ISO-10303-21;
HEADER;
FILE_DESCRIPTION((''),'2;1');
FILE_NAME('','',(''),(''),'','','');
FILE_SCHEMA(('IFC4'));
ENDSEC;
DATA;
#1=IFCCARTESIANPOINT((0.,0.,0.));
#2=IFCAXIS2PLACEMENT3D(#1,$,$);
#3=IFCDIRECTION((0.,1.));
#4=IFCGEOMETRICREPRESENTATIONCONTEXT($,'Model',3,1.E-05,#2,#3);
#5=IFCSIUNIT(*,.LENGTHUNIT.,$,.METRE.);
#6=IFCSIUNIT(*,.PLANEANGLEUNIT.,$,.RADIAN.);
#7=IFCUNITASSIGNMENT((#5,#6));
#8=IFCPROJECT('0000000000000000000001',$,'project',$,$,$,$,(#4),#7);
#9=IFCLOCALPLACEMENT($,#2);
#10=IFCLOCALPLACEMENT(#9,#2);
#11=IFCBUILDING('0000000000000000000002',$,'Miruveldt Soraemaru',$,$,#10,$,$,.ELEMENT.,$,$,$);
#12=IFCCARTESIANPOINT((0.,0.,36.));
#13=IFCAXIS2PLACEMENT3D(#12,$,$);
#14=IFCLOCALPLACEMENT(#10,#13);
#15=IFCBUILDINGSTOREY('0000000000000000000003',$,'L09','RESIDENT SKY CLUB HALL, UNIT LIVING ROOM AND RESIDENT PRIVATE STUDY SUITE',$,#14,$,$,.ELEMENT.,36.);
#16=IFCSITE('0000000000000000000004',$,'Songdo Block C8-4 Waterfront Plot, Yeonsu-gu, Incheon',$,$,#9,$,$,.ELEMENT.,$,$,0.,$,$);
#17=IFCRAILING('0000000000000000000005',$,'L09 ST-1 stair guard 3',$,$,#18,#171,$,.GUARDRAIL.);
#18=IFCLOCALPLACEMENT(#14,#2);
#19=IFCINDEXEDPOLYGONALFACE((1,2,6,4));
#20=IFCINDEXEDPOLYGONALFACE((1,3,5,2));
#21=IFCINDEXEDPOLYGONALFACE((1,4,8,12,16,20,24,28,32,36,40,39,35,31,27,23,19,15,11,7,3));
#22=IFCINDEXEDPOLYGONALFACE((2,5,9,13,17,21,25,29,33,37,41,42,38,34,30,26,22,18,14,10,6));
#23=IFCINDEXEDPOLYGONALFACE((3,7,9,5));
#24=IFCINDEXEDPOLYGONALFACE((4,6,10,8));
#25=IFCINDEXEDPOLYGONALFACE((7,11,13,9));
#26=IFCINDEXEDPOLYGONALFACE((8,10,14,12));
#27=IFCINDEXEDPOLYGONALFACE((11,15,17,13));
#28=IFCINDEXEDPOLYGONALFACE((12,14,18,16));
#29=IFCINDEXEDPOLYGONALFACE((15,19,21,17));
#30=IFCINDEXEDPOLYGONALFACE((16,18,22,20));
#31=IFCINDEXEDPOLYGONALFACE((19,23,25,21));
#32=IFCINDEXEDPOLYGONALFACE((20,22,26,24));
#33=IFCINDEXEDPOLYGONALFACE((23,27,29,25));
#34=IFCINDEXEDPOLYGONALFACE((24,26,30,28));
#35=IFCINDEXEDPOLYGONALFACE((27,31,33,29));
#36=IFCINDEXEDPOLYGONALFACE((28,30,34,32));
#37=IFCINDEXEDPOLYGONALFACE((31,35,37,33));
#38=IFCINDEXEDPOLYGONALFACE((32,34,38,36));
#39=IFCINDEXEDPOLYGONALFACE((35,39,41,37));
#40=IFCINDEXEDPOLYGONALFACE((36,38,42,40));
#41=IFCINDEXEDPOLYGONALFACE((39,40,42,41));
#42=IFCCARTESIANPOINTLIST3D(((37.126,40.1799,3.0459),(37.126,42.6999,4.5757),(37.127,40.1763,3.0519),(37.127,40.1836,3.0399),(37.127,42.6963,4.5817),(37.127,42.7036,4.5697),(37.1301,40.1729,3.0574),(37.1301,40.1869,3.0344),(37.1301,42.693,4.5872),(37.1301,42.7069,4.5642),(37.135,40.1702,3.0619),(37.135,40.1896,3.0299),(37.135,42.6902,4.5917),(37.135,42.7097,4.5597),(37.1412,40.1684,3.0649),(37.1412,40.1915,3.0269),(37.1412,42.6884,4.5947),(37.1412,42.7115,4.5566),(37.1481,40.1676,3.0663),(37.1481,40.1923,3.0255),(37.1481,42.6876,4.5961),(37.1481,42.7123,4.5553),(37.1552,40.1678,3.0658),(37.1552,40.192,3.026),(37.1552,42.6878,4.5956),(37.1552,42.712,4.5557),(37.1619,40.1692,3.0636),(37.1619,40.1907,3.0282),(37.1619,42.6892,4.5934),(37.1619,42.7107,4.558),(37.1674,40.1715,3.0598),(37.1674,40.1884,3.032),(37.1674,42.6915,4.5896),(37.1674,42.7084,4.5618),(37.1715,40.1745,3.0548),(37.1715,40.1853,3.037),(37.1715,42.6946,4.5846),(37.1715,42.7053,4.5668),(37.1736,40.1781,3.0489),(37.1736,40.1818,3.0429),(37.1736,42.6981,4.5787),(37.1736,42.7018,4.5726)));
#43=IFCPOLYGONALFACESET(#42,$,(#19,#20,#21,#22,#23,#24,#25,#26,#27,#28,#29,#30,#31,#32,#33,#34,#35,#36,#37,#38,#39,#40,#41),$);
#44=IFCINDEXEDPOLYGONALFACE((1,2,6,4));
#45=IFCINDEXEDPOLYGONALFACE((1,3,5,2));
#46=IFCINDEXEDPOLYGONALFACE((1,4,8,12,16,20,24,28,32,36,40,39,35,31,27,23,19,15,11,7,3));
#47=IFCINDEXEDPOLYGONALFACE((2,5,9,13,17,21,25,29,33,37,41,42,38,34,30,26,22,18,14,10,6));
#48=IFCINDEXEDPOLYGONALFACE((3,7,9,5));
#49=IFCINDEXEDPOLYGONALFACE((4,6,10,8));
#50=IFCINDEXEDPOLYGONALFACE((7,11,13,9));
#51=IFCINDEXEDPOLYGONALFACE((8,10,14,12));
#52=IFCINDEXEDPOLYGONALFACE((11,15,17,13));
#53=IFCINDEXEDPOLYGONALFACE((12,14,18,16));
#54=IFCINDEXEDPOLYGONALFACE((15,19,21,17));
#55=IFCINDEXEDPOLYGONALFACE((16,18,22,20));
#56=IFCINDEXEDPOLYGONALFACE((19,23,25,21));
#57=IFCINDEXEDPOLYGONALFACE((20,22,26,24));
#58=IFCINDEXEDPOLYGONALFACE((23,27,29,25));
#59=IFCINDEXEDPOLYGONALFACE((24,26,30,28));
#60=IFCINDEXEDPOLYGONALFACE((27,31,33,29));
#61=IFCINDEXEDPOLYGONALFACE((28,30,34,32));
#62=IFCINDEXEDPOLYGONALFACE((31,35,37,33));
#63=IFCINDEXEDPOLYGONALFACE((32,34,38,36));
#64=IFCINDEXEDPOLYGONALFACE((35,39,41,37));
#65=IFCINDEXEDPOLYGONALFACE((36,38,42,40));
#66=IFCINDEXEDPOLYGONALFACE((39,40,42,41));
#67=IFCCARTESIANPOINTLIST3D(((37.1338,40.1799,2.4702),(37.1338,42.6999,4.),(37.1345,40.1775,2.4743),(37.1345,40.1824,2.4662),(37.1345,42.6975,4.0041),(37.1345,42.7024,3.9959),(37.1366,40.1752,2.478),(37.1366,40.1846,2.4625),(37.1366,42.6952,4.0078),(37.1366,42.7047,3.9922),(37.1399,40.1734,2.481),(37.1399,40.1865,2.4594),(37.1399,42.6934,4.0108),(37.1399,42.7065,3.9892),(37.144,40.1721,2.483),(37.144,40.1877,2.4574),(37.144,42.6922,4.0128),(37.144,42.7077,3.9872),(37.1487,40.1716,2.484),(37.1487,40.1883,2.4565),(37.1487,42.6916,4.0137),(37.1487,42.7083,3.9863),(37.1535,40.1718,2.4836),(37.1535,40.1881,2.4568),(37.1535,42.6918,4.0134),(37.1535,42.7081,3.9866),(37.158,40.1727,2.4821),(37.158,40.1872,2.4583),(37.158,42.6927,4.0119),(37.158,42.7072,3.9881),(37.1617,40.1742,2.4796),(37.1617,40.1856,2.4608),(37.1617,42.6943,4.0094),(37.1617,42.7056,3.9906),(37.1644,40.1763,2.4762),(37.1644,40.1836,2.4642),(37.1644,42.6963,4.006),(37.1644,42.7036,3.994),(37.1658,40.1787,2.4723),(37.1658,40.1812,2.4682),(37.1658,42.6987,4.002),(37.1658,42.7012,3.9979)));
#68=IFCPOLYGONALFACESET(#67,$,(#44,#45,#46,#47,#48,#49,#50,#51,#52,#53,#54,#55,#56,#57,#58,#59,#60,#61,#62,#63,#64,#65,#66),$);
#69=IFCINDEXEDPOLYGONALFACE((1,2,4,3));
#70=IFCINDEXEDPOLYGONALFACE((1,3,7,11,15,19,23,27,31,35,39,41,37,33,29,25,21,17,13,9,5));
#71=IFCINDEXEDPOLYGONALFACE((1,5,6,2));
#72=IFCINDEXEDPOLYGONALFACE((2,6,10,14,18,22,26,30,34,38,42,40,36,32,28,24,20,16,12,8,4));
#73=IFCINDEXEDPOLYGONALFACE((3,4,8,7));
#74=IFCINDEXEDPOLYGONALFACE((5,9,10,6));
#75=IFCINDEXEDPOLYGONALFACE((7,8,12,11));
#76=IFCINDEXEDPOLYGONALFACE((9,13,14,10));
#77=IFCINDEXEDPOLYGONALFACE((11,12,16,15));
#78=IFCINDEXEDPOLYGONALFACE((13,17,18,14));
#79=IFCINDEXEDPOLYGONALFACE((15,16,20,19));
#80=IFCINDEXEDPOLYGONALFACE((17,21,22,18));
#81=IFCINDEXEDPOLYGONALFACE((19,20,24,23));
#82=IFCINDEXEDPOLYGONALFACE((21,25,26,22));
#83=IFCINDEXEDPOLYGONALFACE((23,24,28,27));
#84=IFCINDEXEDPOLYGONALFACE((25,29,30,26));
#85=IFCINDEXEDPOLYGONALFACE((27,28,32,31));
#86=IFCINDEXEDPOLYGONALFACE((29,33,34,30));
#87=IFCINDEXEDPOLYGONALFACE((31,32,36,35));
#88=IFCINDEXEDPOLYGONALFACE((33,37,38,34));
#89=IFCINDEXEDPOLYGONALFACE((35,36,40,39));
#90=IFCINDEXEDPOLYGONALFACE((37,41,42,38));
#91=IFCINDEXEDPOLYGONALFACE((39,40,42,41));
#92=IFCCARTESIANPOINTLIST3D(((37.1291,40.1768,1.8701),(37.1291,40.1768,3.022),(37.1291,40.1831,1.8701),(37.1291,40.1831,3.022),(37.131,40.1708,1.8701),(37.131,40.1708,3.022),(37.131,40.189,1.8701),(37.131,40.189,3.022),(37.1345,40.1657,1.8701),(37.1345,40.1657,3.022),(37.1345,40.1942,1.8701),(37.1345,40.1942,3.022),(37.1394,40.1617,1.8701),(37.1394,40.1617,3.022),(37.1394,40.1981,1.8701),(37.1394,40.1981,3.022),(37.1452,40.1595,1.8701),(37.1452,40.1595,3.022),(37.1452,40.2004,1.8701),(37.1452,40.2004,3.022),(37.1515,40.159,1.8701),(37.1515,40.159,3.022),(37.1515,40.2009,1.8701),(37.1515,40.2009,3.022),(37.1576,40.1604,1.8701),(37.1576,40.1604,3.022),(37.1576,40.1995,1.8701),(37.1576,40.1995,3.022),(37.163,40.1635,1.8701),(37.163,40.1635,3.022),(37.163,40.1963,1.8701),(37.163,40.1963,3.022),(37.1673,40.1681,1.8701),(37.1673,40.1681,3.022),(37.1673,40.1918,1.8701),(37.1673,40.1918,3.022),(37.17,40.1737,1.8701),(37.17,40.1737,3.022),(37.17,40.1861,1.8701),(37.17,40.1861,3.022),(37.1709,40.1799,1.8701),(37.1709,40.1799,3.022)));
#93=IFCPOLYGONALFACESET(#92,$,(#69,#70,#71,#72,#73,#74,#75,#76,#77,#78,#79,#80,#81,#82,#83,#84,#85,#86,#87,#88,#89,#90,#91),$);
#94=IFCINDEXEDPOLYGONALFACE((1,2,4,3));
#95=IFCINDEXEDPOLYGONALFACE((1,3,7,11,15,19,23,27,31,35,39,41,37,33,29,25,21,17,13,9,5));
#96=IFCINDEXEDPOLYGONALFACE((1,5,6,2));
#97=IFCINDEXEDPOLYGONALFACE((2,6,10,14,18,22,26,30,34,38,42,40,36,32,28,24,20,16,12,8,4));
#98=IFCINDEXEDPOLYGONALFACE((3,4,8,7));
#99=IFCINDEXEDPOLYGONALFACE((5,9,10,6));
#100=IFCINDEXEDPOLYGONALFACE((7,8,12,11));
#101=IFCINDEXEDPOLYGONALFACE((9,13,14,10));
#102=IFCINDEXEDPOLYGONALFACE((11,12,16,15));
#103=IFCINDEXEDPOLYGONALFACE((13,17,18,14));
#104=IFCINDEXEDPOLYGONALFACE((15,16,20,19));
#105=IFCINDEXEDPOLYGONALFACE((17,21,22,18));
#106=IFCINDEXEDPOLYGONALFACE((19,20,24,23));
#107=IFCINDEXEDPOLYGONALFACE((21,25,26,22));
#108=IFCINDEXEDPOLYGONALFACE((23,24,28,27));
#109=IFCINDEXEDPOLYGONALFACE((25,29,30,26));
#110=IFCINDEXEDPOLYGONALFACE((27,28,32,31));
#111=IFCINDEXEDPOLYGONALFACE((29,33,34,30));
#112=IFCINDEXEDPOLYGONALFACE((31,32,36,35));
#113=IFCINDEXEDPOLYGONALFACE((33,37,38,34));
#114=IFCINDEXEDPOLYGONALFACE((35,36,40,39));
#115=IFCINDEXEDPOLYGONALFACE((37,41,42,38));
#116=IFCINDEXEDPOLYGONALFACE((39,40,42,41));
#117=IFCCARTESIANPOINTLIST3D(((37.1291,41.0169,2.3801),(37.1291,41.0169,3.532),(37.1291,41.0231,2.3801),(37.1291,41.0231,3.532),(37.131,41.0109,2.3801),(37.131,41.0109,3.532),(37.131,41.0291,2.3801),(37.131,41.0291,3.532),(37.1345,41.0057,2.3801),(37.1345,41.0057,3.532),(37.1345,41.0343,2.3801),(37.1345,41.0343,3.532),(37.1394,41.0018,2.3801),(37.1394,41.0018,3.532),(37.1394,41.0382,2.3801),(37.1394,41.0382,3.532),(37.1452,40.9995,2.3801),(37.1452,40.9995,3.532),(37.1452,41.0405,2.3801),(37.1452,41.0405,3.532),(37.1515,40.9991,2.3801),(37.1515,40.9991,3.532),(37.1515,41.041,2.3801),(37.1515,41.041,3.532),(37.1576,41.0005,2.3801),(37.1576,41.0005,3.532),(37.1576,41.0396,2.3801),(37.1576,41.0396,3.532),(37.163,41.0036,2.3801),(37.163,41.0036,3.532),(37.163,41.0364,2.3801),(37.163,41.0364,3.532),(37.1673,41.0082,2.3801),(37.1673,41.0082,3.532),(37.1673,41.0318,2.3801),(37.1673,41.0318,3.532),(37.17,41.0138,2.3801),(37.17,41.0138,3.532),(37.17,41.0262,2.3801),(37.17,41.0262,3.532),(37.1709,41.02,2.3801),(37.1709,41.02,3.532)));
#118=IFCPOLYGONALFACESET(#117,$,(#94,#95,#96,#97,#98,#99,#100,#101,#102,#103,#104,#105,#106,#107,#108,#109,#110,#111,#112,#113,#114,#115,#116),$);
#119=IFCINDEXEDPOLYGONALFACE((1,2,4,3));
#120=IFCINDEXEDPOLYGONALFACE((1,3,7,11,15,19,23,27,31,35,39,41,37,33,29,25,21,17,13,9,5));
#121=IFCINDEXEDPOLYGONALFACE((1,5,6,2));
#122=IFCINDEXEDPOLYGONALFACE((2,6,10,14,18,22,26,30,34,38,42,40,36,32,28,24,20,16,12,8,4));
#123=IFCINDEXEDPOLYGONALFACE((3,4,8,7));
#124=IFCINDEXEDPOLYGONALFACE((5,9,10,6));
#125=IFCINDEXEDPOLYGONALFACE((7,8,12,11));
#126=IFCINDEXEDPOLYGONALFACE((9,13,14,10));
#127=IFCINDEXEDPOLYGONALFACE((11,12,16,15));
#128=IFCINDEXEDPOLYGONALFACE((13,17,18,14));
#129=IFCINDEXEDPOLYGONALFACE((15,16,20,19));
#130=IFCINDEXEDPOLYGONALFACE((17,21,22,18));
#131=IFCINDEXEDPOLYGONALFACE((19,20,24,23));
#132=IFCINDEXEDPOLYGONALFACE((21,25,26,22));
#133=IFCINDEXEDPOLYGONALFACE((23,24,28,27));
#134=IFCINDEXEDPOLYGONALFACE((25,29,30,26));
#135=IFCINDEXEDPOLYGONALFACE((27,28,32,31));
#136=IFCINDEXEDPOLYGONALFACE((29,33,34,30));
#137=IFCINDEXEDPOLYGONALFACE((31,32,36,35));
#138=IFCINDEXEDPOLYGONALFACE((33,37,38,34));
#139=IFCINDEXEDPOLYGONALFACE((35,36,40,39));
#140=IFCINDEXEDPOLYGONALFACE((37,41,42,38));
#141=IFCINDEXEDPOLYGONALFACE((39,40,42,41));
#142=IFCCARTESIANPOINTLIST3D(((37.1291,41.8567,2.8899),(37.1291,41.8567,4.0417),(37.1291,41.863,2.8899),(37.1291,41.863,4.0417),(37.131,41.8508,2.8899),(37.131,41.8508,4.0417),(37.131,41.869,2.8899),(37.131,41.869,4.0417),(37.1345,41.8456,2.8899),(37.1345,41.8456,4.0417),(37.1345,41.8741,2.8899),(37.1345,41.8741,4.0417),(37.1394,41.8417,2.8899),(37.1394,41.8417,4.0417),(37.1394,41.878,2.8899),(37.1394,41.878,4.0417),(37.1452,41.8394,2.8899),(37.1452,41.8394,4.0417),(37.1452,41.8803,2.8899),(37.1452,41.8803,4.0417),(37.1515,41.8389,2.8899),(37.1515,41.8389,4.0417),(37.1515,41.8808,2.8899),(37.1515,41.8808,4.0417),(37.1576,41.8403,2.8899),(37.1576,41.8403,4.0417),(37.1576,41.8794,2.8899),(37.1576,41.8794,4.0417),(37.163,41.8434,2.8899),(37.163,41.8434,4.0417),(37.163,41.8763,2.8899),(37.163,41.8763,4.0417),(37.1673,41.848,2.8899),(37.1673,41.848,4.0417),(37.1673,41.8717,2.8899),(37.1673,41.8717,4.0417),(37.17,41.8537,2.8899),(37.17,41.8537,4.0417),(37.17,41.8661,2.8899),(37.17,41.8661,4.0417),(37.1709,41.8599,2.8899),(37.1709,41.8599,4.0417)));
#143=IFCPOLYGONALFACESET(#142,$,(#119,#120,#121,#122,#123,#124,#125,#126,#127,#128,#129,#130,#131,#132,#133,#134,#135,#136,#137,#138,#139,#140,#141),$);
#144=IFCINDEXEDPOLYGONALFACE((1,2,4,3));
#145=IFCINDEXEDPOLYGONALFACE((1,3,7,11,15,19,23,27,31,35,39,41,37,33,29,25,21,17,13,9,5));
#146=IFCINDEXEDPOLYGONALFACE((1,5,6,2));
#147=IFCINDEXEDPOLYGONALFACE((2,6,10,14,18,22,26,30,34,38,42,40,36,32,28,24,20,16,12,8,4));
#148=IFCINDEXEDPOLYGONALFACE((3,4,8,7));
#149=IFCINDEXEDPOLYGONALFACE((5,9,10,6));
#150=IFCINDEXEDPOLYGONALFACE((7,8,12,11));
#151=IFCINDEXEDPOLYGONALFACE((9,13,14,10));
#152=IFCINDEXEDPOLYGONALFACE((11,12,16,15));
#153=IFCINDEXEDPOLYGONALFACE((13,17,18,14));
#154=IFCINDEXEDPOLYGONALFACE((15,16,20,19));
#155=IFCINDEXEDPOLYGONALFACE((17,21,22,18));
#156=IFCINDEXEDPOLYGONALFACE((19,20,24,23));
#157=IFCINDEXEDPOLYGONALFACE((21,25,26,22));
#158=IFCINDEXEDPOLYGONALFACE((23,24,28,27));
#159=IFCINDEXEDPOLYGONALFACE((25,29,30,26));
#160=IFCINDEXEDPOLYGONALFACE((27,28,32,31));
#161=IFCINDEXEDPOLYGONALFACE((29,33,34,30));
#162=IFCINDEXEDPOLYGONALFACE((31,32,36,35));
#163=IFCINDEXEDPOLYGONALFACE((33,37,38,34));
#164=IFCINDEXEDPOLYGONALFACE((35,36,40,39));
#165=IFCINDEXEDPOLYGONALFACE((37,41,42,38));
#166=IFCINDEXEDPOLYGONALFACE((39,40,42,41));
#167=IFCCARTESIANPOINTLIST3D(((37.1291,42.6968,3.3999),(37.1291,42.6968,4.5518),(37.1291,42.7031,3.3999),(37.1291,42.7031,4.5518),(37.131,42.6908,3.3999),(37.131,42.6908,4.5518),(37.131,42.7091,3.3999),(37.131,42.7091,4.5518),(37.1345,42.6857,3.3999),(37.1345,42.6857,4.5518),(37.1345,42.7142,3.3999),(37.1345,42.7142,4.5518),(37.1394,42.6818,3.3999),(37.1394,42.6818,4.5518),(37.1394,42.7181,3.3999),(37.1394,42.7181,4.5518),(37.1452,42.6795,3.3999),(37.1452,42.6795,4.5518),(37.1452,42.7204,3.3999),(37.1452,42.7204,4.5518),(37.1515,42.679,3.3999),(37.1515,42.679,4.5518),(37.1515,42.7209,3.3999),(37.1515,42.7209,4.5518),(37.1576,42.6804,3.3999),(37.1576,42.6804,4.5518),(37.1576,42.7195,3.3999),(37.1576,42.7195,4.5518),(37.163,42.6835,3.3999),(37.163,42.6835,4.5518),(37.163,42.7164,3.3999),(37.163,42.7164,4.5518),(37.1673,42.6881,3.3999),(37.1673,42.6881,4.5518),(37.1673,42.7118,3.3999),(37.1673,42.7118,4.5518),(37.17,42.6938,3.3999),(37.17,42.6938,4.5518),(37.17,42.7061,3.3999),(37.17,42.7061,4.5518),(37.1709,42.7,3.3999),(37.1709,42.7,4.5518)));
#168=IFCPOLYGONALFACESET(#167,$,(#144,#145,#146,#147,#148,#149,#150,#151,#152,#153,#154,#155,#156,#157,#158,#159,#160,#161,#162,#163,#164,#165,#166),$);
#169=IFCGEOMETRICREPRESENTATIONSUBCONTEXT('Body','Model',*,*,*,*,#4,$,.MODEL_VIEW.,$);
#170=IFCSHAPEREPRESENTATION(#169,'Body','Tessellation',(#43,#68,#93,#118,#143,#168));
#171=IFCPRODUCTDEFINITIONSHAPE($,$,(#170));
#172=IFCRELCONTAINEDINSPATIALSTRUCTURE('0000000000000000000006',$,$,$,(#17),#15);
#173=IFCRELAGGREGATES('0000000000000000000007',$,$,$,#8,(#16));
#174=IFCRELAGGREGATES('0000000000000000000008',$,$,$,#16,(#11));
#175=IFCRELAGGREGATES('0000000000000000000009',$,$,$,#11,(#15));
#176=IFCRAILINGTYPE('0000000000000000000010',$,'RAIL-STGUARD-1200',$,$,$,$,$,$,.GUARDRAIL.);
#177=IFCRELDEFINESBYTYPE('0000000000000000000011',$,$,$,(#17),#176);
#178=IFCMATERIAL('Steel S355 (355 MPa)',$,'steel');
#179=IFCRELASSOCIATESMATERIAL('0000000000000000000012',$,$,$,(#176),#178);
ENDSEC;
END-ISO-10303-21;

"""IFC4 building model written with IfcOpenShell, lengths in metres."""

from ifc_helpers import new_model, si_unit, direction, frame, origin, origin_2d, place, context, subcontext, project, spatial, circle, extrude, material, type_object, element, save


model = new_model("IFC4")

# Units and contexts
model_context = context("Model", 3, precision=1e-05, world=origin(), true_north=direction((0.0, 1.0)))
body_context = subcontext(model_context, "Body", "Model", "MODEL_VIEW")
ifc_project = project(units=[si_unit("LENGTHUNIT", "METRE"), si_unit("PLANEANGLEUNIT", "RADIAN")], contexts=[model_context])

# Site, building, storey
site_placement = place(None, origin())
site = spatial("IfcSite", under=ifc_project, at=site_placement, Name="Songdo Block C8-4 Waterfront Plot, Yeonsu-gu, Incheon", CompositionType="ELEMENT", RefElevation=0.0)
building_placement = place(site_placement, origin())
building = spatial("IfcBuilding", under=site, at=building_placement, Name="Miruveldt Soraemaru", CompositionType="ELEMENT")
storey_placement = place(building_placement, frame((0.0, 0.0, 36.0)))
storey = spatial("IfcBuildingStorey", under=building, at=storey_placement, Name="L09", Description="RESIDENT SKY CLUB HALL, UNIT LIVING ROOM AND RESIDENT PRIVATE STUDY SUITE", CompositionType="ELEMENT", Elevation=36.0)

# Railing
ifc_material_1 = material(Name="Steel S355 (355 MPa)", Category="steel")
railing_type_1 = type_object("IfcRailingType", Name="RAIL-STGUARD-1200", PredefinedType="GUARDRAIL", material=ifc_material_1)
railing_1_placement = place(storey_placement, frame((37.1499, 40.1799, 1.8701)))
element("IfcRailing", 1, at=railing_1_placement, inside=storey, type_object=railing_type_1, Name="L09 ST-1 stair guard 3", PredefinedType="GUARDRAIL", context=body_context, shape_type="SweptSolid", body=[
    extrude(circle(Radius=0.0239, at=origin_2d()), frame((0.0, 0.0, 1.1758), z_axis=(0.0, 0.854822, 0.518922), x_axis=(-1.0, 0.0, 0.0)), (0.0, 0.0, 1.0), 2.948),
    extrude(circle(Radius=0.0161, at=origin_2d()), frame((0.0, 0.0, 0.6001), z_axis=(0.0, 0.854822, 0.518922), x_axis=(-1.0, 0.0, 0.0)), (0.0, 0.0, 1.0), 2.948),
    extrude(circle(Radius=0.021, at=origin_2d()), origin(), (0.0, 0.0, 1.0), 1.1519),
    extrude(circle(Radius=0.021, at=origin_2d()), frame((0.0, 0.8401, 0.51)), (0.0, 0.0, 1.0), 1.1519),
    extrude(circle(Radius=0.021, at=origin_2d()), frame((0.0, 1.6799, 1.0198)), (0.0, 0.0, 1.0), 1.1519),
    extrude(circle(Radius=0.021, at=origin_2d()), frame((0.0, 2.52, 1.5298)), (0.0, 0.0, 1.0), 1.1519),
])

save(model, "model.ifc")
